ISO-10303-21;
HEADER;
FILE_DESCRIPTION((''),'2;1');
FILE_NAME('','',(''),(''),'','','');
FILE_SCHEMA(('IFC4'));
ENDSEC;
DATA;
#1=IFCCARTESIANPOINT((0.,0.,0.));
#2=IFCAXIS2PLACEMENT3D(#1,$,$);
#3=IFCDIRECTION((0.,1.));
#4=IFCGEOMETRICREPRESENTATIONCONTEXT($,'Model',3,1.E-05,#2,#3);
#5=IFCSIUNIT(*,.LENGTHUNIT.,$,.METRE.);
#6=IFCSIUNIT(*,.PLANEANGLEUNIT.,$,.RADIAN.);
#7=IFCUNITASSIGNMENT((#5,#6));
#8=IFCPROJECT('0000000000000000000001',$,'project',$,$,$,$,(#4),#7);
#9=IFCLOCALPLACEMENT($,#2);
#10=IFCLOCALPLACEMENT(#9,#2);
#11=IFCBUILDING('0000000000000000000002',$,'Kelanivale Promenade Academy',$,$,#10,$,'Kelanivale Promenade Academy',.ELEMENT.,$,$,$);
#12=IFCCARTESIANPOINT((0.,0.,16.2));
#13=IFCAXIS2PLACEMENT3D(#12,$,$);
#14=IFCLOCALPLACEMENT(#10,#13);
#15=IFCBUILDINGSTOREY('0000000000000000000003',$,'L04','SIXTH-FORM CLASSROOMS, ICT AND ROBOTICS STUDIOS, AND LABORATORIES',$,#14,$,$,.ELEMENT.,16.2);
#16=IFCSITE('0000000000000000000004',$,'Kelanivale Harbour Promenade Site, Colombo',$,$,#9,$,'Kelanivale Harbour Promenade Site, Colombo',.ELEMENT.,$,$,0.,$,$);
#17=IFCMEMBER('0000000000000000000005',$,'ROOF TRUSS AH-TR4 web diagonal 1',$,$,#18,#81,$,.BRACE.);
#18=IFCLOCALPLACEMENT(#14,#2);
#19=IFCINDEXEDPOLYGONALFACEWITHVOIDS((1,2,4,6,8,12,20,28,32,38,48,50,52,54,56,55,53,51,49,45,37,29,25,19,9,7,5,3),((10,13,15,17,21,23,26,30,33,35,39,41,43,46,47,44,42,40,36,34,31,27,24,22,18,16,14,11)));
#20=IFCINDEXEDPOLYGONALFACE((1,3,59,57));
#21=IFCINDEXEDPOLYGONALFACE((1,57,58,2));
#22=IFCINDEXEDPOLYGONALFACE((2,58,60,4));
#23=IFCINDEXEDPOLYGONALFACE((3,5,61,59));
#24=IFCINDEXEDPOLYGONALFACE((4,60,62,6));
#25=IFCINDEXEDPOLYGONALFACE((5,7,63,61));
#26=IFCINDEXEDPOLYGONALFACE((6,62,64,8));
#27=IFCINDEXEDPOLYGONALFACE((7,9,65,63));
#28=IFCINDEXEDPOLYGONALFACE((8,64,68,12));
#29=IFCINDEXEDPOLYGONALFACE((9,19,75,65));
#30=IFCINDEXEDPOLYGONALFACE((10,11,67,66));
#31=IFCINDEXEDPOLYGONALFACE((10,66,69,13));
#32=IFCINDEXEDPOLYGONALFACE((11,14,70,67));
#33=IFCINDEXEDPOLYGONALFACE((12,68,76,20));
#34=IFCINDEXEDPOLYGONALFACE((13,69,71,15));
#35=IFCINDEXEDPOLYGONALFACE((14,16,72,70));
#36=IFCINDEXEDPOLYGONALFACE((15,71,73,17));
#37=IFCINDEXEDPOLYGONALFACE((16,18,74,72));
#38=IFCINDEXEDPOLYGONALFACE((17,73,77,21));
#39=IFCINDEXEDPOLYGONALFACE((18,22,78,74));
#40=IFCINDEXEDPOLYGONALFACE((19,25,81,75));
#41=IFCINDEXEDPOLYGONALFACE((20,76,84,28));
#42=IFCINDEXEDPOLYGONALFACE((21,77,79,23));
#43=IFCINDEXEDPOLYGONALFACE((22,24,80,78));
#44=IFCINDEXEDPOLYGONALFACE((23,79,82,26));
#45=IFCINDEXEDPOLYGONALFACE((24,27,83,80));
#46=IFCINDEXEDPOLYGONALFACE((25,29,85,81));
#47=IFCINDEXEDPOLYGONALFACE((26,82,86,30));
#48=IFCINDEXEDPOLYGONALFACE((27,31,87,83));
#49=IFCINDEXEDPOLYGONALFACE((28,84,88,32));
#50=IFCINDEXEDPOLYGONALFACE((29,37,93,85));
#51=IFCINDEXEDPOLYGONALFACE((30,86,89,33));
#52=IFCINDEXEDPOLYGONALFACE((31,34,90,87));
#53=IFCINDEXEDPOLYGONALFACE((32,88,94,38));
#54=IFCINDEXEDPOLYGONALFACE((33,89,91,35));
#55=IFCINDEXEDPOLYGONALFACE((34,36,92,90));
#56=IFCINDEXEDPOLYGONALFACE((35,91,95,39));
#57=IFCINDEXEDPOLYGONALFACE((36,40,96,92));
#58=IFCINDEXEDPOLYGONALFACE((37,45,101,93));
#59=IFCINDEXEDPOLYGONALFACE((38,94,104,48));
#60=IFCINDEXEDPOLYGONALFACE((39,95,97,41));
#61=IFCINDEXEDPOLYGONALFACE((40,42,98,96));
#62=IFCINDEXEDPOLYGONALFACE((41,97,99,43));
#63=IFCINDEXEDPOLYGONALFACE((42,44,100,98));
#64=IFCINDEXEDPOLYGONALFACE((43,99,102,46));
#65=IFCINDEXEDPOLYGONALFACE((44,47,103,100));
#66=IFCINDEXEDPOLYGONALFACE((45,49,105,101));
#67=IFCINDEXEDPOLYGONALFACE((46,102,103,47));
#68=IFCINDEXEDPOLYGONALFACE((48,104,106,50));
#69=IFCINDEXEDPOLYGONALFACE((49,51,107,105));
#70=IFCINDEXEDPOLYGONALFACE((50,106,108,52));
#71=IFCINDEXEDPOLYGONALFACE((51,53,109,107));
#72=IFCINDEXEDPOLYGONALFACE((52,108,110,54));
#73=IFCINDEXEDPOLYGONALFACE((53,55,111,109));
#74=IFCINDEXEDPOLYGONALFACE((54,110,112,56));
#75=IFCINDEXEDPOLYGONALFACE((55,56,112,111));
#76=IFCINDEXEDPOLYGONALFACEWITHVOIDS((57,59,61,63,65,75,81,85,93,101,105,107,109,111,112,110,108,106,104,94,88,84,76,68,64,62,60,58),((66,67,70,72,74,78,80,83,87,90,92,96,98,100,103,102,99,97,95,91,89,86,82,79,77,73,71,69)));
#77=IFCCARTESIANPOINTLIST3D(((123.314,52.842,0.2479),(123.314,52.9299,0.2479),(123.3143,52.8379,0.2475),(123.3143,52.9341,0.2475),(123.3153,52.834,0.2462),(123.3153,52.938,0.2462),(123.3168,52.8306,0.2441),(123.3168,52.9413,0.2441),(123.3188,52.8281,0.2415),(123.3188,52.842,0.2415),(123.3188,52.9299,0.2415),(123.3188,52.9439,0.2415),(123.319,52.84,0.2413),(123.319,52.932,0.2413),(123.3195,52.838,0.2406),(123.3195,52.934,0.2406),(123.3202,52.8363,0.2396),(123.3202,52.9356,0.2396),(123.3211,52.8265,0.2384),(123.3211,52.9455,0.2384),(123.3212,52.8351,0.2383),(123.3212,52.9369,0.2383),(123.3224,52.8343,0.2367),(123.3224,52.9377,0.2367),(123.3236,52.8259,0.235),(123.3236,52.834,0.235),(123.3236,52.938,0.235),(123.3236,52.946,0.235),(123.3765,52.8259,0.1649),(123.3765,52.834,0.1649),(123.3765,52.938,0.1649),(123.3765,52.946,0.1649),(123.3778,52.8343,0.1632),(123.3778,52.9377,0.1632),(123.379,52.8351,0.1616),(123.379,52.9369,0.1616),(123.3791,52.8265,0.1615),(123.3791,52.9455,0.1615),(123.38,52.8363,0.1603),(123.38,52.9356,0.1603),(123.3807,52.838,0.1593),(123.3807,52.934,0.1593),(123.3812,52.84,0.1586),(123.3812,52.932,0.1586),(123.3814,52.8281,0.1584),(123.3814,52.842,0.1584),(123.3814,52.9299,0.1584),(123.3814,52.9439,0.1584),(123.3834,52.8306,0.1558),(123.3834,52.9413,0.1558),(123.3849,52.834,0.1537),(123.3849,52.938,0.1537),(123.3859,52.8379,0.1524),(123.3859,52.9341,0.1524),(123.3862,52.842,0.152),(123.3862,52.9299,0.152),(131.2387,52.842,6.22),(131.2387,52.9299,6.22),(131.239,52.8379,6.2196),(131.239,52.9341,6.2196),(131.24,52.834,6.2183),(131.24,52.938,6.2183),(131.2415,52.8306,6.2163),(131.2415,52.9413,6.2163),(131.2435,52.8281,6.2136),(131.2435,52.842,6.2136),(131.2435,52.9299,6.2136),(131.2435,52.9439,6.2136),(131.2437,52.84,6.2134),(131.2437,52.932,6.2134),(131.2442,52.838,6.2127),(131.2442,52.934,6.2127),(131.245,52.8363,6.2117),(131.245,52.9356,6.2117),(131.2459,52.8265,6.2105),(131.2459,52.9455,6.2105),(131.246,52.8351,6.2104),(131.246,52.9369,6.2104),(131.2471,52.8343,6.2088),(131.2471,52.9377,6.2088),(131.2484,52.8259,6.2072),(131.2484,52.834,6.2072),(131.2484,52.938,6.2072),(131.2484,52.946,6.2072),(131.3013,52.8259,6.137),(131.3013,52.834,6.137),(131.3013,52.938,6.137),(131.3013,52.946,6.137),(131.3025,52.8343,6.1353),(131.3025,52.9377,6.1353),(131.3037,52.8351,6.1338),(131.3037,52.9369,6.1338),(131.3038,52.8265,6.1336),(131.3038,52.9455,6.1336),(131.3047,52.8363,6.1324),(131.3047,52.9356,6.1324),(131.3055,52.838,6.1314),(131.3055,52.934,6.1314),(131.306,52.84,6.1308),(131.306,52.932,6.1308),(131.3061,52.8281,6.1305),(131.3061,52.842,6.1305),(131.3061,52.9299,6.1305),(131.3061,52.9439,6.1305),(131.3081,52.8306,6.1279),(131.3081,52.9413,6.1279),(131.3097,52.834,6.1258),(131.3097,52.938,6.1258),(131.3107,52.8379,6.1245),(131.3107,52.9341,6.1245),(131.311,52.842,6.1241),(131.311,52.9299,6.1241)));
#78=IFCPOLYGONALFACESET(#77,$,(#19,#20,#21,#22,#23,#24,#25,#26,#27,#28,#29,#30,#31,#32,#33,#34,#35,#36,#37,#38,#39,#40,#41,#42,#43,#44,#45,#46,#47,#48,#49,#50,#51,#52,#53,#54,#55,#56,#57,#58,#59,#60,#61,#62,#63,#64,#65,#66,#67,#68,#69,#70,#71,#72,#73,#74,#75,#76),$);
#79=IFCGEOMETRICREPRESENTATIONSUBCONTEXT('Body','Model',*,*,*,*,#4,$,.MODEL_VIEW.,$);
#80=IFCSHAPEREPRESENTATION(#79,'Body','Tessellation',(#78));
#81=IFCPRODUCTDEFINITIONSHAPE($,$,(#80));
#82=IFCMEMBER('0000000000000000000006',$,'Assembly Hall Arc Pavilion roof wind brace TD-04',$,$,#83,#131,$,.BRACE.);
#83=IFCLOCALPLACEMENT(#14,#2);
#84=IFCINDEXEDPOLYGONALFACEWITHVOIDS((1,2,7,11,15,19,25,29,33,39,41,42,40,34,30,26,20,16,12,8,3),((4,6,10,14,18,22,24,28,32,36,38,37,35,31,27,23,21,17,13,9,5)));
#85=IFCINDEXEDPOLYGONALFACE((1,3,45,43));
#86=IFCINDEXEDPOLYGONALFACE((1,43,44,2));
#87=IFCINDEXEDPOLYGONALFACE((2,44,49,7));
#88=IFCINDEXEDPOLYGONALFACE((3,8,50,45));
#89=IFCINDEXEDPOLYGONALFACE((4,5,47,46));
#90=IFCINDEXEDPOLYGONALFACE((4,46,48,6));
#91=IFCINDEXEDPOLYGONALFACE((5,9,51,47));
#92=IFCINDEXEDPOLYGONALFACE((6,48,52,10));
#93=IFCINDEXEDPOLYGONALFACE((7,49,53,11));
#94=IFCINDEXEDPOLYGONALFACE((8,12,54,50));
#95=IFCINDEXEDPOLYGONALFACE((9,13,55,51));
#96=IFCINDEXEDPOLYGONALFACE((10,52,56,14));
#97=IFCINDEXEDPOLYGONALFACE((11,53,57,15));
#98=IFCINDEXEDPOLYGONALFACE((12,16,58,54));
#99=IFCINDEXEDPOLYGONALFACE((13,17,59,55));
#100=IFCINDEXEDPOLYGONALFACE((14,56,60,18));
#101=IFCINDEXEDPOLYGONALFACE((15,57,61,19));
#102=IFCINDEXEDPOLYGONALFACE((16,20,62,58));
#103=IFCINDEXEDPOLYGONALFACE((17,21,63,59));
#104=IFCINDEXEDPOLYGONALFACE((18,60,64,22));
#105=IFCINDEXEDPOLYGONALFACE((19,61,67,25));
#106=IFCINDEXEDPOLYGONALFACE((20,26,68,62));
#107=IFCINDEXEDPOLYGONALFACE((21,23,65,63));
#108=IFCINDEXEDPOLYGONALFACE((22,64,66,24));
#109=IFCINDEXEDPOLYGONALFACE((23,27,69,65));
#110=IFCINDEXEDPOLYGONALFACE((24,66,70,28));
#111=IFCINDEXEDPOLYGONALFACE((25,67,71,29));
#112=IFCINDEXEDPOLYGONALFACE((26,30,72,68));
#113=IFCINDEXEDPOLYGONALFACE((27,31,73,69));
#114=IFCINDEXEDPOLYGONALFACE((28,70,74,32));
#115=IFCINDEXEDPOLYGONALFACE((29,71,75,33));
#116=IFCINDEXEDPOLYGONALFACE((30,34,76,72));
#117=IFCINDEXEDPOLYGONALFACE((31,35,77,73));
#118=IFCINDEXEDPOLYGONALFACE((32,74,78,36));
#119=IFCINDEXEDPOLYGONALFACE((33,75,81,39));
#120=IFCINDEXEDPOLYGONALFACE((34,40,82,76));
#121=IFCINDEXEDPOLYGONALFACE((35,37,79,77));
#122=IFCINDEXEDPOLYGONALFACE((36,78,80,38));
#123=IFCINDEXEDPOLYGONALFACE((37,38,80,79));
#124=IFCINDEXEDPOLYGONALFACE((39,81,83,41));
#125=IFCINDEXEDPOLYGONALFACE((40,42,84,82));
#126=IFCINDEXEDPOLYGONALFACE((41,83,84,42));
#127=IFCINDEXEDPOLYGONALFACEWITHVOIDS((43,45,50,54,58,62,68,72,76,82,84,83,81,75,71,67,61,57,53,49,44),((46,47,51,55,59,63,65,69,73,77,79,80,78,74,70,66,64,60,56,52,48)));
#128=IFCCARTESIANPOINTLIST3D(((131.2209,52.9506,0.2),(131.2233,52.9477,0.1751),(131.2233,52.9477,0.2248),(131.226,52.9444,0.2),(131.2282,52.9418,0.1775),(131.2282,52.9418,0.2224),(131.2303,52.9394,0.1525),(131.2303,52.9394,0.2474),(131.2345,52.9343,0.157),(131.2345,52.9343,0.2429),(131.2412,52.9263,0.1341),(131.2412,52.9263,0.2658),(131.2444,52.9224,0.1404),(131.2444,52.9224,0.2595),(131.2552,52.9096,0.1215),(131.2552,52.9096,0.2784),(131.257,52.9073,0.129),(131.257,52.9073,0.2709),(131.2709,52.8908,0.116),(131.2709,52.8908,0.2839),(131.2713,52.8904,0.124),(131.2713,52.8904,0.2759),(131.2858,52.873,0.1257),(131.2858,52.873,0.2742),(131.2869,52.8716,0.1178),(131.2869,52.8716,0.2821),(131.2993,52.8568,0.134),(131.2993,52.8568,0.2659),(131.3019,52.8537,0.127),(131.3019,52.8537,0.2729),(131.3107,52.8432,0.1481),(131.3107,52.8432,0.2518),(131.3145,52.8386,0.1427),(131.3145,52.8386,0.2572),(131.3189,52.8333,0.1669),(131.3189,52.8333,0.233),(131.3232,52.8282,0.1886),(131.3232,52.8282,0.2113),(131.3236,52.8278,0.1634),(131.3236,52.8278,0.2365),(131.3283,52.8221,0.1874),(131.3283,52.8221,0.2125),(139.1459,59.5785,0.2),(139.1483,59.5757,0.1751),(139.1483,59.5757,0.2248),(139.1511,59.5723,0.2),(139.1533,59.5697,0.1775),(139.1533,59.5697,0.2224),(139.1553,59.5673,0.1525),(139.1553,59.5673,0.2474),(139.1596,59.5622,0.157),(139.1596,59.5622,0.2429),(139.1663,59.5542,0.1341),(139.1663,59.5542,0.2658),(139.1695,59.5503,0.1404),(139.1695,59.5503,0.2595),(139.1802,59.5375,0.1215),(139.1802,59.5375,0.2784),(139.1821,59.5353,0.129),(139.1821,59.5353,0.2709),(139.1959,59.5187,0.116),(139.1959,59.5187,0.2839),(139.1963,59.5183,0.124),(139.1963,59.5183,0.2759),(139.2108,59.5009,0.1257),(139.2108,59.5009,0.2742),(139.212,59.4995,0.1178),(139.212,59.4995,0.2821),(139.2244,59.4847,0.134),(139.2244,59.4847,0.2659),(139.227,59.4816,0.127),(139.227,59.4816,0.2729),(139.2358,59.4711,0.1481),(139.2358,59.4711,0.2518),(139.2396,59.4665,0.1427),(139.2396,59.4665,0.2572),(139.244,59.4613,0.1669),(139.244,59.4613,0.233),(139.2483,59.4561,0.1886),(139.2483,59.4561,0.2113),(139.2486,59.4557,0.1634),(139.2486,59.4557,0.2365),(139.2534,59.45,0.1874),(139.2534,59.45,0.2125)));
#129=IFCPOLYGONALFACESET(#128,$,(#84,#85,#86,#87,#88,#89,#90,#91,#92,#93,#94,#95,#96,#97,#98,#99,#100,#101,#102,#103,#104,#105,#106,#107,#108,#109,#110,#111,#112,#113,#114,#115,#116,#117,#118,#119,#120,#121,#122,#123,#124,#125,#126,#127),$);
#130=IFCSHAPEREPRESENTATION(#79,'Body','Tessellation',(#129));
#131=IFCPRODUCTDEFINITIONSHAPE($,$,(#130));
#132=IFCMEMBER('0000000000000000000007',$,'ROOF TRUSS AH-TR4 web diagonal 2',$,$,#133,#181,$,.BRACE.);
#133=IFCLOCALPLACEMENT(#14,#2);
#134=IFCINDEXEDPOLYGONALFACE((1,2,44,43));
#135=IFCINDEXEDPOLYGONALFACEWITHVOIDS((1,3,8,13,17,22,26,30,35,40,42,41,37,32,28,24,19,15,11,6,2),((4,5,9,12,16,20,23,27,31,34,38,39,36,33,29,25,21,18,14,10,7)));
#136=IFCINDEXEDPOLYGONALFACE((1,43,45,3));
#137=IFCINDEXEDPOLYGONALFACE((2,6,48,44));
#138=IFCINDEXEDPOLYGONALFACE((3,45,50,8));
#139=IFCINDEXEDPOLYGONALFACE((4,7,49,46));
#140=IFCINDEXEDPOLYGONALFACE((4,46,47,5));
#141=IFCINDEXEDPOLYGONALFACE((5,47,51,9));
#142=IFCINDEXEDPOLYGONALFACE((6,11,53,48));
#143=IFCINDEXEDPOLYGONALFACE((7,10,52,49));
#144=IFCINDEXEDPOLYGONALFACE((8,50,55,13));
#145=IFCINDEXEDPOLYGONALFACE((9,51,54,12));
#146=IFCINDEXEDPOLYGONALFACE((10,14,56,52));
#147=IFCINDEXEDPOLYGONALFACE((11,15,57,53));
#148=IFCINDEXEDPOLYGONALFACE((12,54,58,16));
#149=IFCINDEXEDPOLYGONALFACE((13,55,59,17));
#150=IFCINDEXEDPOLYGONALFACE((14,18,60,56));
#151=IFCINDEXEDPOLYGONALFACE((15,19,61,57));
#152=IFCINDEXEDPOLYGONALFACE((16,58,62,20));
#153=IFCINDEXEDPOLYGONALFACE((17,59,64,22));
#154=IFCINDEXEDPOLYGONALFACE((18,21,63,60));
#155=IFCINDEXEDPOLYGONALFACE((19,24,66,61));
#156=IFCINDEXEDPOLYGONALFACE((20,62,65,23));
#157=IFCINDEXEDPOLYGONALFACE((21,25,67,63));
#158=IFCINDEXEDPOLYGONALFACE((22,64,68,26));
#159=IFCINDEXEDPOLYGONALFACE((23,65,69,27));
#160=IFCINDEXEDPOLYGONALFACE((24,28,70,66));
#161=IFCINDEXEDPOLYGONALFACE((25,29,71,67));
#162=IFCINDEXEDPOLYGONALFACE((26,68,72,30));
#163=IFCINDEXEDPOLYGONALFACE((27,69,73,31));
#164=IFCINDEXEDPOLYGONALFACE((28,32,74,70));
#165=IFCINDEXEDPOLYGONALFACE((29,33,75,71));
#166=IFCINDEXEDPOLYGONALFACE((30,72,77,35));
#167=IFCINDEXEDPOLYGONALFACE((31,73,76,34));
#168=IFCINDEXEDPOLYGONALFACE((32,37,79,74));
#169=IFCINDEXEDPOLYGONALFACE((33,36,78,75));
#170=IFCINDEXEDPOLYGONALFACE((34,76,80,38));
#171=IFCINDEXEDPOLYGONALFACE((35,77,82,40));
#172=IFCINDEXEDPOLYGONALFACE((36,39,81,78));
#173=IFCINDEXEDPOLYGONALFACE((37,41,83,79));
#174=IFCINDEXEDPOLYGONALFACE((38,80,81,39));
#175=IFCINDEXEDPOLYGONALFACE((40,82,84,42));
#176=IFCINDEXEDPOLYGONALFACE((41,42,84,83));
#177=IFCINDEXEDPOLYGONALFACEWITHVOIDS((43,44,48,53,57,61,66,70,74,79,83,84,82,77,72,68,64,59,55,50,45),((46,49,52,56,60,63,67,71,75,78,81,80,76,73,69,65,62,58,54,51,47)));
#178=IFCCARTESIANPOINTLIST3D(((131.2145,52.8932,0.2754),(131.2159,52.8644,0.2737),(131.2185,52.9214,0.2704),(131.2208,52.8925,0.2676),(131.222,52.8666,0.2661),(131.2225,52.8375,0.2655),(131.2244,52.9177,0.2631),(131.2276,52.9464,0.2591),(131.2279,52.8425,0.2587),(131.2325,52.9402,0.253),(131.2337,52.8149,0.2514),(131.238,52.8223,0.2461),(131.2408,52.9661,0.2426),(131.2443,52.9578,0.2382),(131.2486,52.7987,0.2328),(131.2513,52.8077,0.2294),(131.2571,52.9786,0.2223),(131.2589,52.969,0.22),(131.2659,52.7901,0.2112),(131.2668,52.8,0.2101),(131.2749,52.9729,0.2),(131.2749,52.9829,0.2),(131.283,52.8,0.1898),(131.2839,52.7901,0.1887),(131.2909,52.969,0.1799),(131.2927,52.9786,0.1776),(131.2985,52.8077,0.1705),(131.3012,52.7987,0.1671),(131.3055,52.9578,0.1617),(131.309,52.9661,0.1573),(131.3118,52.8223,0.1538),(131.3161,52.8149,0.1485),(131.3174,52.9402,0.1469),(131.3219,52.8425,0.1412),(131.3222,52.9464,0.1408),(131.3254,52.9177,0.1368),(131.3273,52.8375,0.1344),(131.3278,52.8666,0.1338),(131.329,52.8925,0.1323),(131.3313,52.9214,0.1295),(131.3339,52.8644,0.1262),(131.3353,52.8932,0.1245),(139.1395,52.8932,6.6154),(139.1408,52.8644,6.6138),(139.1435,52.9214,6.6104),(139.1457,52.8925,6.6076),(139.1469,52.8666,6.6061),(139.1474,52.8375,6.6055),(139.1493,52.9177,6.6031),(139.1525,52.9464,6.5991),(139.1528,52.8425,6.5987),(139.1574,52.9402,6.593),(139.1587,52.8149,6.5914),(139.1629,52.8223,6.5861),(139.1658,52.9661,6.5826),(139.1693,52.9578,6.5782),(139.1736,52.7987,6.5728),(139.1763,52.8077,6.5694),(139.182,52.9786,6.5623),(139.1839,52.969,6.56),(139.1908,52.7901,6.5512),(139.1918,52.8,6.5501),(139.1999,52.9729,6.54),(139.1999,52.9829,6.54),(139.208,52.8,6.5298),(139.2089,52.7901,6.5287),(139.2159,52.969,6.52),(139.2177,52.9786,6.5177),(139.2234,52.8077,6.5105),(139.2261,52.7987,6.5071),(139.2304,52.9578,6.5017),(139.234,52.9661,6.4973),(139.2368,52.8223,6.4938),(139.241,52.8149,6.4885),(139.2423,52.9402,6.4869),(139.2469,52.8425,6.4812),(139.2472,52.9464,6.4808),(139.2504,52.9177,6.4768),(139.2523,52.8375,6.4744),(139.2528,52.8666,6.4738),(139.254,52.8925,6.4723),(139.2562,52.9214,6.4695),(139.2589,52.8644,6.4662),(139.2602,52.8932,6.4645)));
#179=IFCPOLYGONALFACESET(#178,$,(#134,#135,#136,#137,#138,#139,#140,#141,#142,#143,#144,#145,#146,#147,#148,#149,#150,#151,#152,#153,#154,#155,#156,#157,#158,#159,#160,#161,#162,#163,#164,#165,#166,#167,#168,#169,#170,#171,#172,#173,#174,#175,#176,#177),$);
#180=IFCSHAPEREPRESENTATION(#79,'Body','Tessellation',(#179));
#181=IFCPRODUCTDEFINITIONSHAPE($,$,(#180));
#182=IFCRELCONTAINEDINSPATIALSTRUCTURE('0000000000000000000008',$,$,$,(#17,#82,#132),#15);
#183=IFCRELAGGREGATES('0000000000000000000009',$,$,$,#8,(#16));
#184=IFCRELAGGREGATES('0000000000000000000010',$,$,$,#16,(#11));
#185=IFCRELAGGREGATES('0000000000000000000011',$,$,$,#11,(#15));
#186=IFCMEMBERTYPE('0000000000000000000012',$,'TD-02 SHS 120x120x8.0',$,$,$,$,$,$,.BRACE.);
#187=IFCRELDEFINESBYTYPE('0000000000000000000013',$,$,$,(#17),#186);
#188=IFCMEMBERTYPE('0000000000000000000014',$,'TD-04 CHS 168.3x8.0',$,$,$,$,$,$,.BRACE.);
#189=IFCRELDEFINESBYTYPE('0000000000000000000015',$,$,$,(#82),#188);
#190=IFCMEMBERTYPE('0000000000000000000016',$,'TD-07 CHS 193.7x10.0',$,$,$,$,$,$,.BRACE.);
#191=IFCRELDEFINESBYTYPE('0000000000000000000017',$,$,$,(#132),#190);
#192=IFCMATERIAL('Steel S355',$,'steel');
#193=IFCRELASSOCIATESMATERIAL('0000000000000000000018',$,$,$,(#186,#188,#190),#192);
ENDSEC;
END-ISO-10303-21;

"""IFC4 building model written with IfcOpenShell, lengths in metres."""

from ifc_helpers import new_model, si_unit, direction, frame, origin, origin_2d, place, context, subcontext, project, spatial, hollow_rectangle, hollow_circle, extrude, material, material_profile, profile_set, type_object, element, save


model = new_model("IFC4")

# Units and contexts
model_context = context("Model", 3, precision=1e-05, world=origin(), true_north=direction((0.0, 1.0)))
body_context = subcontext(model_context, "Body", "Model", "MODEL_VIEW")
ifc_project = project(units=[si_unit("LENGTHUNIT", "METRE"), si_unit("PLANEANGLEUNIT", "RADIAN")], contexts=[model_context])

# Site, building, storey
site_placement = place(None, origin())
site = spatial("IfcSite", under=ifc_project, at=site_placement, Name="Kelanivale Harbour Promenade Site, Colombo", LongName="Kelanivale Harbour Promenade Site, Colombo", CompositionType="ELEMENT", RefElevation=0.0)
building_placement = place(site_placement, origin())
building = spatial("IfcBuilding", under=site, at=building_placement, Name="Kelanivale Promenade Academy", LongName="Kelanivale Promenade Academy", CompositionType="ELEMENT")
storey_placement = place(building_placement, frame((0.0, 0.0, 16.2)))
storey = spatial("IfcBuildingStorey", under=building, at=storey_placement, Name="L04", Description="SIXTH-FORM CLASSROOMS, ICT AND ROBOTICS STUDIOS, AND LABORATORIES", CompositionType="ELEMENT", Elevation=16.2)

# Shared definitions
ifc_material_1 = material(Name="Steel S355", Category="steel")

# Members
ifc_material_profile_1 = material_profile(ifc_material_1, hollow_rectangle(XDim=0.1201, YDim=0.1201, WallThickness=0.0081, InnerFilletRadius=0.0081, OuterFilletRadius=0.0161, at=origin_2d()), Name="SHS 120x120x8.0")
ifc_profile_set_1 = profile_set([ifc_material_profile_1], Name="Steel S355")
member_type_1 = type_object("IfcMemberType", Name="TD-02 SHS 120x120x8.0", PredefinedType="BRACE", material=ifc_profile_set_1)
member_1_placement = place(storey_placement, frame((123.3501, 52.886, 0.2), z_axis=(0.798616, 0.0, 0.601841), x_axis=(0.0, 1.0, 0.0)))
element("IfcMember", 1, at=member_1_placement, inside=storey, type_object=member_type_1, Name="ROOF TRUSS AH-TR4 web diagonal 1", PredefinedType="BRACE", context=body_context, shape_type="SweptSolid", body=[
    extrude(hollow_rectangle(XDim=0.1201, YDim=0.1201, WallThickness=0.0081, InnerFilletRadius=0.0081, OuterFilletRadius=0.0161, at=origin_2d()), origin(), (0.0, 0.0, 1.0), 9.9231),
])
ifc_material_profile_2 = material_profile(ifc_material_1, hollow_circle(Radius=0.0842, WallThickness=0.0081, at=origin_2d()), Name="CHS 168.3x8.0")
ifc_profile_set_2 = profile_set([ifc_material_profile_2], Name="Steel S355")
member_type_2 = type_object("IfcMemberType", Name="TD-04 CHS 168.3x8.0", PredefinedType="BRACE", material=ifc_profile_set_2)
member_2_placement = place(storey_placement, frame((131.2749, 52.886, 0.2), z_axis=(0.767091, 0.641539, 0.0), x_axis=(-0.641539, 0.767091, 0.0)))
element("IfcMember", 2, at=member_2_placement, inside=storey, type_object=member_type_2, Name="Assembly Hall Arc Pavilion roof wind brace TD-04", PredefinedType="BRACE", context=body_context, shape_type="SweptSolid", body=[
    extrude(hollow_circle(Radius=0.0842, WallThickness=0.0081, at=origin_2d()), origin(), (0.0, 0.0, 1.0), 10.3313),
])
ifc_material_profile_3 = material_profile(ifc_material_1, hollow_circle(Radius=0.0969, WallThickness=0.01, at=origin_2d()), Name="CHS 193.7x10.0")
ifc_profile_set_3 = profile_set([ifc_material_profile_3], Name="Steel S355")
member_type_3 = type_object("IfcMemberType", Name="TD-07 CHS 193.7x10.0", PredefinedType="BRACE", material=ifc_profile_set_3)
member_3_placement = place(storey_placement, frame((131.2749, 52.886, 0.2), z_axis=(0.780866, 0.0, 0.624698), x_axis=(0.0, 1.0, 0.0)))
element("IfcMember", 3, at=member_3_placement, inside=storey, type_object=member_type_3, Name="ROOF TRUSS AH-TR4 web diagonal 2", PredefinedType="BRACE", context=body_context, shape_type="SweptSolid", body=[
    extrude(hollow_circle(Radius=0.0969, WallThickness=0.01, at=origin_2d()), origin(), (0.0, 0.0, 1.0), 10.1489),
])

save(model, "model.ifc")
